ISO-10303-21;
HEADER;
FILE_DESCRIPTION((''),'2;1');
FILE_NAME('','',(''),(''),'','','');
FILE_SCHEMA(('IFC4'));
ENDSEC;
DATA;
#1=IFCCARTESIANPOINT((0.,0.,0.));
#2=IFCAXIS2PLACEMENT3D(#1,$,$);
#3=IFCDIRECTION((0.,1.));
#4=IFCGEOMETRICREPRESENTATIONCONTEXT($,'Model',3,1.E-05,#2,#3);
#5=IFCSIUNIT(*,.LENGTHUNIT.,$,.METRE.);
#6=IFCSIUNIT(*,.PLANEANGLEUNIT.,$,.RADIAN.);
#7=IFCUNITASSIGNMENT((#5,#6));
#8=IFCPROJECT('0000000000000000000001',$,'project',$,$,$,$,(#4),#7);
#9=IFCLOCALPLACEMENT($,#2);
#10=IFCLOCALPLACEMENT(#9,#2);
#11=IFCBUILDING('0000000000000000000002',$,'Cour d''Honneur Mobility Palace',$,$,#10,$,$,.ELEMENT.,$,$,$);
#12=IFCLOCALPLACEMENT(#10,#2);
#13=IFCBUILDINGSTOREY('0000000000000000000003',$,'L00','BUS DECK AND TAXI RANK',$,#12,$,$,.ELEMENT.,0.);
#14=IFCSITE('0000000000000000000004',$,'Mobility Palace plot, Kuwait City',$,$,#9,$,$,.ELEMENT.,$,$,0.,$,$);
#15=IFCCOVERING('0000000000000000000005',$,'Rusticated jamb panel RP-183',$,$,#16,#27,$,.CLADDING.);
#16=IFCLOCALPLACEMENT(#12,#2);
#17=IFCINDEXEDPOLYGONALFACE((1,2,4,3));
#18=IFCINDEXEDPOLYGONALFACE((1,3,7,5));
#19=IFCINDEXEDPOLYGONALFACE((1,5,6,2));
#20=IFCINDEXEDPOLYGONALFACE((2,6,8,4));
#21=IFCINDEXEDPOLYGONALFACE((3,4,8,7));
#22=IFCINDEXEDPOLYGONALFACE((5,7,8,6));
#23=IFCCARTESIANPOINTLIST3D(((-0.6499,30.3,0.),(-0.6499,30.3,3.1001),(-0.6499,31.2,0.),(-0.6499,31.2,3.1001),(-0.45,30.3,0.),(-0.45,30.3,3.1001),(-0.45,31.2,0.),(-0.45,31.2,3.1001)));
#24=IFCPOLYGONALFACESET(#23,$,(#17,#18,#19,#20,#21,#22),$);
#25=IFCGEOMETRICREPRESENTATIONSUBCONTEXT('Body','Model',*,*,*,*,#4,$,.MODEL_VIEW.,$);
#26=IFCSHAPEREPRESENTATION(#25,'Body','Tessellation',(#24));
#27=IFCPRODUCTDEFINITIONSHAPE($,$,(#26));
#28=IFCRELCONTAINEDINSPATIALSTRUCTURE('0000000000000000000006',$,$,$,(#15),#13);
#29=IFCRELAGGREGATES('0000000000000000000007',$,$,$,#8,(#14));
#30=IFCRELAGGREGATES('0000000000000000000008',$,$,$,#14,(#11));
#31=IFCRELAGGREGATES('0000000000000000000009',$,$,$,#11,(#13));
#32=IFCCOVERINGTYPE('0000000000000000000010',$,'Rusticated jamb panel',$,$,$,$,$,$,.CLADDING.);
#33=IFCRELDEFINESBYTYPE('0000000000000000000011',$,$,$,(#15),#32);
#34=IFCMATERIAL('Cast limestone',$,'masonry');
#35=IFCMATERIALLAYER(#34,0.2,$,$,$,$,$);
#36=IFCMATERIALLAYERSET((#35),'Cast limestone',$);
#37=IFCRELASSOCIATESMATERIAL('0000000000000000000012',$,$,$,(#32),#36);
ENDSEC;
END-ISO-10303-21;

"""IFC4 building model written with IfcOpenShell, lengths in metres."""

from ifc_helpers import new_model, si_unit, direction, frame, origin, place, context, subcontext, project, spatial, polyline, outline, extrude, material, layer, layer_set, type_object, element, save


model = new_model("IFC4")

# Units and contexts
model_context = context("Model", 3, precision=1e-05, world=origin(), true_north=direction((0.0, 1.0)))
body_context = subcontext(model_context, "Body", "Model", "MODEL_VIEW")
ifc_project = project(units=[si_unit("LENGTHUNIT", "METRE"), si_unit("PLANEANGLEUNIT", "RADIAN")], contexts=[model_context])

# Site, building, storey
site_placement = place(None, origin())
site = spatial("IfcSite", under=ifc_project, at=site_placement, Name="Mobility Palace plot, Kuwait City", CompositionType="ELEMENT", RefElevation=0.0)
building_placement = place(site_placement, origin())
building = spatial("IfcBuilding", under=site, at=building_placement, Name="Cour d'Honneur Mobility Palace", CompositionType="ELEMENT")
storey_placement = place(building_placement, origin())
storey = spatial("IfcBuildingStorey", under=building, at=storey_placement, Name="L00", Description="BUS DECK AND TAXI RANK", CompositionType="ELEMENT", Elevation=0.0)

# Covering
ifc_material_1 = material(Name="Cast limestone", Category="masonry")
ifc_layer_1 = layer(ifc_material_1, 0.2)
ifc_layer_set_1 = layer_set([ifc_layer_1], Name="Cast limestone")
covering_type_1 = type_object("IfcCoveringType", Name="Rusticated jamb panel", PredefinedType="CLADDING", material=ifc_layer_set_1)
for number, where, z_axis, x_axis, name in (
    (1, (-0.6499, 31.2, 0.0), (-1.0, 0.0, 0.0), (0.0, -1.0, 0.0), "Rusticated jamb panel RP-183"),
):
    element("IfcCovering", number, at=place(storey_placement, frame(where, z_axis=z_axis, x_axis=x_axis)), inside=storey, type_object=covering_type_1, Name=name, PredefinedType="CLADDING", context=body_context, shape_type="SweptSolid", body=[
        extrude(outline(polyline([(0.0, 0.0), (0.8999, 0.0), (0.8999, 3.1001), (0.0, 3.1001), (0.0, 0.0)])), origin(), (0.0, 0.0, -1.0), 0.2),
    ])

save(model, "model.ifc")
